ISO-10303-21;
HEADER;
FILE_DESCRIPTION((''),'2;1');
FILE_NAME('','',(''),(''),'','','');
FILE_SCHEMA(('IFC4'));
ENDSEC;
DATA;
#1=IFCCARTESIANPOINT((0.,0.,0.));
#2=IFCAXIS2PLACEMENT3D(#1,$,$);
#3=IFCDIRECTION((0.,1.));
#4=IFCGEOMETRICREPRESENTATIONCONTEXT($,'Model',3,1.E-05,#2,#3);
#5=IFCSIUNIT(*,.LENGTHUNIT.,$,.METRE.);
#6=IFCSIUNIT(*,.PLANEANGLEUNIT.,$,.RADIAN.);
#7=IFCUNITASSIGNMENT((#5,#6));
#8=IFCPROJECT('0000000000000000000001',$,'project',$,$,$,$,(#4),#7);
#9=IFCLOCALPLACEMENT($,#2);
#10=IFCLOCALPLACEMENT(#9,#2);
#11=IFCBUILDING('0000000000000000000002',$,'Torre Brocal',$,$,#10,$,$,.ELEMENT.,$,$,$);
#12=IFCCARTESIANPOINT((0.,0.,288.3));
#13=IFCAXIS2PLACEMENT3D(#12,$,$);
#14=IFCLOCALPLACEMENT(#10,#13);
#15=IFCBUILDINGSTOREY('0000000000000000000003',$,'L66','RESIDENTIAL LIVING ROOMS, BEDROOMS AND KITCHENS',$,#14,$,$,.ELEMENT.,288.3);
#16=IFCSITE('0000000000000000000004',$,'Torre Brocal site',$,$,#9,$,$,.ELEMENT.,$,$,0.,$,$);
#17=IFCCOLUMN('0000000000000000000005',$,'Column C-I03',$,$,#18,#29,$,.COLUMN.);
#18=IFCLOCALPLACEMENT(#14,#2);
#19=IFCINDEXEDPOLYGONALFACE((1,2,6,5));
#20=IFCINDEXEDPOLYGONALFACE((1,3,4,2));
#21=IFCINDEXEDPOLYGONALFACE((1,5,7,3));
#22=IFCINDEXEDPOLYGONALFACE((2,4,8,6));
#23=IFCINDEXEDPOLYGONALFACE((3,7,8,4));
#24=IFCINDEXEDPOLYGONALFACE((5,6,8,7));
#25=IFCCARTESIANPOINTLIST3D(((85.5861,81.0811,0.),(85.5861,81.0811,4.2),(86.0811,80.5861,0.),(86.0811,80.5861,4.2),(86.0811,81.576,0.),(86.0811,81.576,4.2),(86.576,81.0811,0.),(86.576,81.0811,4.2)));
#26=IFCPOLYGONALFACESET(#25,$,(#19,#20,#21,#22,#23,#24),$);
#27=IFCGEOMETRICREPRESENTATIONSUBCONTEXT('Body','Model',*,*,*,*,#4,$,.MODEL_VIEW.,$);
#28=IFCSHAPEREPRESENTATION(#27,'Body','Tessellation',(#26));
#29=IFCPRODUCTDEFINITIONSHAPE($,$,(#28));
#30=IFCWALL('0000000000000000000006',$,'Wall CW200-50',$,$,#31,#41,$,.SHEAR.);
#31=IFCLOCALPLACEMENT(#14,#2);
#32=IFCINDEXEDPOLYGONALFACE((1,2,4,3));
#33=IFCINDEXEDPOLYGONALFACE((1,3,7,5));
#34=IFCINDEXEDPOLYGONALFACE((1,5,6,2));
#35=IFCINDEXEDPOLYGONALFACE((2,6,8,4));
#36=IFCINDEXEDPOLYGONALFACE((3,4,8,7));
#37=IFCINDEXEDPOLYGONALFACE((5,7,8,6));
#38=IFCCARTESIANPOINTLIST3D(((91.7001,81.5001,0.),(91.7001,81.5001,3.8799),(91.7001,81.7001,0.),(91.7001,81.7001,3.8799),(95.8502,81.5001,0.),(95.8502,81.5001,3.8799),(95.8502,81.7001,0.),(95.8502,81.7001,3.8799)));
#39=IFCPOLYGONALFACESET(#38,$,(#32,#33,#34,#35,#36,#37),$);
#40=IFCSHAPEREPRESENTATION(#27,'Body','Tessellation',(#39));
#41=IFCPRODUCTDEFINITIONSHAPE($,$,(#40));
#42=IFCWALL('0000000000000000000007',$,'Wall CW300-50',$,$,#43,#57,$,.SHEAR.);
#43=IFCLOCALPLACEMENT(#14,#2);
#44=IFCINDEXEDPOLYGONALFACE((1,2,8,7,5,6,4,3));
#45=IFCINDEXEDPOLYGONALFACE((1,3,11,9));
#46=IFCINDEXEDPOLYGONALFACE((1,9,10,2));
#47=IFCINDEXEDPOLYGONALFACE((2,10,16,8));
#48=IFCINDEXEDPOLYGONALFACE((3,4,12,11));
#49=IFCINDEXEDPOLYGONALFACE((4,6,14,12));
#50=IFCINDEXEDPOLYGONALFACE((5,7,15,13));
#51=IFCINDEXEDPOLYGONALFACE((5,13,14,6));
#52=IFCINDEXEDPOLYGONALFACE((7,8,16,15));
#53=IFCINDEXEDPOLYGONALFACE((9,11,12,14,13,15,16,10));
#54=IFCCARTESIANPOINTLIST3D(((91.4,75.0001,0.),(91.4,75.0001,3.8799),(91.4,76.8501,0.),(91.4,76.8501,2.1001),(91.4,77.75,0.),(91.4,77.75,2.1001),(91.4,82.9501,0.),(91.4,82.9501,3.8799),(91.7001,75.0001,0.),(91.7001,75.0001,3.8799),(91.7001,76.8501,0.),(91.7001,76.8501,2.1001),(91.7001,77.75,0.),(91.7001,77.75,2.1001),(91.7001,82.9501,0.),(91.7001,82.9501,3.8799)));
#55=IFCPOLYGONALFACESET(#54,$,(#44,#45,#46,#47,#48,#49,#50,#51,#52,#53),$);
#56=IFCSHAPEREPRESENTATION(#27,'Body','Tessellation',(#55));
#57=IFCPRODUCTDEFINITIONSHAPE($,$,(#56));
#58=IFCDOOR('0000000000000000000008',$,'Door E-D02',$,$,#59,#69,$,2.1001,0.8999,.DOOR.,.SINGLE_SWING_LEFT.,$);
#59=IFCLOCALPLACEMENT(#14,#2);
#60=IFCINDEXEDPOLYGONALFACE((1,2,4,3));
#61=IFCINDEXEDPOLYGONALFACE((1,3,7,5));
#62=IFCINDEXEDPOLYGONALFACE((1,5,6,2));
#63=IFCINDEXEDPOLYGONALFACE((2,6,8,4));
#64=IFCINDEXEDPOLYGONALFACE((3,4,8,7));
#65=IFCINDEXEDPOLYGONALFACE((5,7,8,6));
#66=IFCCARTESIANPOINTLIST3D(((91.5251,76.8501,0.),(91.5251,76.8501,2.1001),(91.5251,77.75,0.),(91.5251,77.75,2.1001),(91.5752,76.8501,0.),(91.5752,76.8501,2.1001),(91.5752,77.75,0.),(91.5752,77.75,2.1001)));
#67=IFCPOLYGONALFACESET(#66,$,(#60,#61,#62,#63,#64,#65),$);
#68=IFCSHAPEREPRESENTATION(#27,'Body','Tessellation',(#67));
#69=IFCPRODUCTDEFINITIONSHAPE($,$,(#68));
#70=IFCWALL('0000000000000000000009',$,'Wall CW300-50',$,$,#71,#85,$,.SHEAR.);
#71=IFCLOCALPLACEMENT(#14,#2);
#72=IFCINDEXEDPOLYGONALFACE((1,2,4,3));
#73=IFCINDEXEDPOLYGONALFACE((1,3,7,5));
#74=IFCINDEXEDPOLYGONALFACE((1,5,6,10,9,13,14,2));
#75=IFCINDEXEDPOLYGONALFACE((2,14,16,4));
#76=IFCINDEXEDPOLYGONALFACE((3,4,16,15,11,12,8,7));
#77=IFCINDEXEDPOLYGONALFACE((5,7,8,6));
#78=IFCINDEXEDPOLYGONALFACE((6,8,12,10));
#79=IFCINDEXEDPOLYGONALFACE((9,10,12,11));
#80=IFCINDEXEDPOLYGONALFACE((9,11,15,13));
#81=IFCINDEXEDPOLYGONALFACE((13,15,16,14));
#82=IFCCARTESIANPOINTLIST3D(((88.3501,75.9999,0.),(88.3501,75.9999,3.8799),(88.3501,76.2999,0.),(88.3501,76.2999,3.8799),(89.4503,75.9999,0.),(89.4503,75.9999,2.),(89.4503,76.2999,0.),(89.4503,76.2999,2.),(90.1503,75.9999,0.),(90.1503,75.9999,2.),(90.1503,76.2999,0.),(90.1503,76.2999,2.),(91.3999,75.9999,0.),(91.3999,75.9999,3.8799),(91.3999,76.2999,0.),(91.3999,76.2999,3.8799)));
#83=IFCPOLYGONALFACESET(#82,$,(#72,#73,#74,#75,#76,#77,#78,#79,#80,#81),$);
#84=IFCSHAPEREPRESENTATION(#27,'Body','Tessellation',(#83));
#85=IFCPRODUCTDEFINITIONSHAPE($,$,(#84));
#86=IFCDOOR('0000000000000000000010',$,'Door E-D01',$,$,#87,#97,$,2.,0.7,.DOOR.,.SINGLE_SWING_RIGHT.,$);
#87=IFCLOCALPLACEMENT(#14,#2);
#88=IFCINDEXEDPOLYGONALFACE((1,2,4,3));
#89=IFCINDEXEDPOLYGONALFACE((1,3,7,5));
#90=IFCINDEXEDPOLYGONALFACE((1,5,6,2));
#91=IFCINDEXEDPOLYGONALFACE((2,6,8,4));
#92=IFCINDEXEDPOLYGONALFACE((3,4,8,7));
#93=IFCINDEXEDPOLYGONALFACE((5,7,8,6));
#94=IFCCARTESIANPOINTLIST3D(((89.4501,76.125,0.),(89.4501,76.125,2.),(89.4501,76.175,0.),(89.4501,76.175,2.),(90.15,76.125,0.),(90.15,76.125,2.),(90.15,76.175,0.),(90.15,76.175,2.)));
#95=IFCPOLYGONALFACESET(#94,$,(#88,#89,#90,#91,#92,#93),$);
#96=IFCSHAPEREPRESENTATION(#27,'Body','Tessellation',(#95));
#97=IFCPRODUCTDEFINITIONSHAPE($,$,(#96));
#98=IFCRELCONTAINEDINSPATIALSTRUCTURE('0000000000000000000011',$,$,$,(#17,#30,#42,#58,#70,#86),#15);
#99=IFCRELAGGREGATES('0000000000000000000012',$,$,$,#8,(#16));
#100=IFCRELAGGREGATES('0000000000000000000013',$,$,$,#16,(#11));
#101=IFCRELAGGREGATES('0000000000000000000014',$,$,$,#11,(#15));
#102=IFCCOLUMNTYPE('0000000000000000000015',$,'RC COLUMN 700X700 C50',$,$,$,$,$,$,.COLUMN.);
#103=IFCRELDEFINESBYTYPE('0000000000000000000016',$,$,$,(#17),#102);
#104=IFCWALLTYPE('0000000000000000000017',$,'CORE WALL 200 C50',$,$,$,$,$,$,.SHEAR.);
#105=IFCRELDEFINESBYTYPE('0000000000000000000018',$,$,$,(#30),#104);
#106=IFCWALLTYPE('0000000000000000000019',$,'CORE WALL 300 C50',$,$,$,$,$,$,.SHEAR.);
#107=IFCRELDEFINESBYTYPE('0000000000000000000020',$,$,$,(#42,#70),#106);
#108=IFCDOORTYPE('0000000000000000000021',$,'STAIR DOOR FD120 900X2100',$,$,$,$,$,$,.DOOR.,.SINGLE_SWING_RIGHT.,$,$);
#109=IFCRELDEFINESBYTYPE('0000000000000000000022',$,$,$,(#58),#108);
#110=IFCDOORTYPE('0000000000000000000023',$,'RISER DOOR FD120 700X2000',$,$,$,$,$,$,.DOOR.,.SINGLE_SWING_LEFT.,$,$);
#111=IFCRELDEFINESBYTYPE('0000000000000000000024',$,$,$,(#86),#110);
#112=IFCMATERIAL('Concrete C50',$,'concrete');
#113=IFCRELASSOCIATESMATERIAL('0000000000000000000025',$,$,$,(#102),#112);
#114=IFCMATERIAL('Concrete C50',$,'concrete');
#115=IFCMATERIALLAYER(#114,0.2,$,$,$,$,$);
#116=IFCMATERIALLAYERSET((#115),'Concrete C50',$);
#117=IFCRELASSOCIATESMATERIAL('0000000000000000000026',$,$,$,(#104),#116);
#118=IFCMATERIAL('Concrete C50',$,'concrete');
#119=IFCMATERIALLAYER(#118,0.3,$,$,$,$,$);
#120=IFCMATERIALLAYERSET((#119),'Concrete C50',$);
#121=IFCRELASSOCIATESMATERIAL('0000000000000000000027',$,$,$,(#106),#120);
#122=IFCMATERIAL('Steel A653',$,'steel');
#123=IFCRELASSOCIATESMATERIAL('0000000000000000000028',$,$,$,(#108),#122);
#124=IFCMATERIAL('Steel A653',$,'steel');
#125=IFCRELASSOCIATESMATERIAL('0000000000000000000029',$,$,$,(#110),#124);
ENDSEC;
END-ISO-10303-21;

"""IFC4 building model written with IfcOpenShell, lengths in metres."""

from ifc_helpers import new_model, si_unit, direction, frame, frame_2d, origin, origin_2d, place, context, subcontext, project, spatial, rectangle, extrude, material, layer, layer_set, material_profile, profile_set, type_object, element, fill, save


model = new_model("IFC4")

# Units and contexts
model_context = context("Model", 3, precision=1e-05, world=origin(), true_north=direction((0.0, 1.0)))
body_context = subcontext(model_context, "Body", "Model", "MODEL_VIEW")
ifc_project = project(units=[si_unit("LENGTHUNIT", "METRE"), si_unit("PLANEANGLEUNIT", "RADIAN")], contexts=[model_context])

# Site, building, storey
site_placement = place(None, origin())
site = spatial("IfcSite", under=ifc_project, at=site_placement, Name="Torre Brocal site", CompositionType="ELEMENT", RefElevation=0.0)
building_placement = place(site_placement, origin())
building = spatial("IfcBuilding", under=site, at=building_placement, Name="Torre Brocal", CompositionType="ELEMENT")
storey_placement = place(building_placement, frame((0.0, 0.0, 288.3)))
storey = spatial("IfcBuildingStorey", under=building, at=storey_placement, Name="L66", Description="RESIDENTIAL LIVING ROOMS, BEDROOMS AND KITCHENS", CompositionType="ELEMENT", Elevation=288.3)

# Column
ifc_material_1 = material(Name="Concrete C50", Category="concrete")
ifc_material_profile = material_profile(ifc_material_1, rectangle(XDim=0.7, YDim=0.7, at=origin_2d()), Name="RC 700X700")
ifc_profile_set = profile_set([ifc_material_profile], Name="Concrete C50")
column_type = type_object("IfcColumnType", Name="RC COLUMN 700X700 C50", PredefinedType="COLUMN", material=ifc_profile_set)
column_placement = place(storey_placement, frame((86.0811, 81.0811, 0.0), z_axis=(0.0, 0.0, 1.0), x_axis=(0.707107, 0.707107, 0.0)))
element("IfcColumn", 1, at=column_placement, inside=storey, type_object=column_type, Name="Column C-I03", PredefinedType="COLUMN", context=body_context, shape_type="SweptSolid", body=[
    extrude(rectangle(XDim=0.7, YDim=0.7, at=origin_2d()), origin(), (0.0, 0.0, 1.0), 4.2),
])

# Wall
ifc_material_2 = material(Name="Concrete C50", Category="concrete")
ifc_layer_1 = layer(ifc_material_2, 0.2)
ifc_layer_set_1 = layer_set([ifc_layer_1], Name="Concrete C50")
wall_type_1 = type_object("IfcWallType", Name="CORE WALL 200 C50", PredefinedType="SHEAR", material=ifc_layer_set_1)
wall_1_placement = place(storey_placement, frame((91.7, 81.6001, 0.0), z_axis=(0.0, 0.0, 1.0), x_axis=(1.0, 0.0, 0.0)))
element("IfcWall", 2, at=wall_1_placement, inside=storey, type_object=wall_type_1, Name="Wall CW200-50", PredefinedType="SHEAR", context=body_context, shape_type="SweptSolid", body=[
    extrude(rectangle(XDim=4.1501, YDim=0.2, at=frame_2d((2.0752, 0.0))), origin(), (0.0, 0.0, 1.0), 3.8799),
])

# Walls, openings, doors
ifc_material_3 = material(Name="Concrete C50", Category="concrete")
ifc_layer_2 = layer(ifc_material_3, 0.3)
ifc_layer_set_2 = layer_set([ifc_layer_2], Name="Concrete C50")
wall_type_2 = type_object("IfcWallType", Name="CORE WALL 300 C50", PredefinedType="SHEAR", material=ifc_layer_set_2)
wall_2_placement = place(storey_placement, frame((91.55, 75.0, 0.0), z_axis=(0.0, 0.0, 1.0), x_axis=(0.0, 1.0, 0.0)))
wall_2 = element("IfcWall", 3, at=wall_2_placement, inside=storey, type_object=wall_type_2, Name="Wall CW300-50", PredefinedType="SHEAR", context=body_context, shape_type="SweptSolid", body=[
    extrude(rectangle(XDim=7.95, YDim=0.3, at=frame_2d((3.9751, 0.0))), origin(), (0.0, 0.0, 1.0), 3.8799),
])
opening_1_placement = place(wall_2_placement, frame((1.8501, 0.0, 0.0)))
opening_1 = element("IfcOpeningElement", 4, at=opening_1_placement, cuts=wall_2, PredefinedType="OPENING", context=body_context, shape_type="SweptSolid", body=[
    extrude(rectangle(XDim=0.8999, YDim=2.1001, at=frame_2d((0.45, 1.05))), frame((0.0, 0.1599, 0.0), z_axis=(0.0, -1.0, 0.0), x_axis=(1.0, 0.0, 0.0)), (0.0, 0.0, 1.0), 0.3201),
])
ifc_material_4 = material(Name="Steel A653", Category="steel")
door_type_1 = type_object("IfcDoorType", Name="STAIR DOOR FD120 900X2100", OperationType="SINGLE_SWING_RIGHT", PredefinedType="DOOR", material=ifc_material_4)
door_1_placement = place(opening_1_placement, origin())
door_1 = element("IfcDoor", 5, at=door_1_placement, inside=storey, type_object=door_type_1, Name="Door E-D02", OperationType="SINGLE_SWING_LEFT", OverallHeight=2.1001, OverallWidth=0.8999, PredefinedType="DOOR", context=body_context, shape_type="SweptSolid", body=[
    extrude(rectangle(XDim=0.8999, YDim=2.1001, at=frame_2d((0.45, 1.05))), frame((0.0, 0.0249, 0.0), z_axis=(0.0, -1.0, 0.0), x_axis=(1.0, 0.0, 0.0)), (0.0, 0.0, 1.0), 0.05),
])
fill(opening_1, door_1)
wall_3_placement = place(storey_placement, frame((88.3501, 76.1499, 0.0), z_axis=(0.0, 0.0, 1.0), x_axis=(1.0, 0.0, 0.0)))
wall_3 = element("IfcWall", 6, at=wall_3_placement, inside=storey, type_object=wall_type_2, Name="Wall CW300-50", PredefinedType="SHEAR", context=body_context, shape_type="SweptSolid", body=[
    extrude(rectangle(XDim=3.0498, YDim=0.3, at=frame_2d((1.5249, 0.0))), origin(), (0.0, 0.0, 1.0), 3.8799),
])
opening_2_placement = place(wall_3_placement, frame((1.1001, 0.0, 0.0)))
opening_2 = element("IfcOpeningElement", 7, at=opening_2_placement, cuts=wall_3, PredefinedType="OPENING", context=body_context, shape_type="SweptSolid", body=[
    extrude(rectangle(XDim=0.7, YDim=2.0, at=frame_2d((0.3501, 1.0))), frame((0.0, 0.1599, 0.0), z_axis=(0.0, -1.0, 0.0), x_axis=(1.0, 0.0, 0.0)), (0.0, 0.0, 1.0), 0.3201),
])
ifc_material_5 = material(Name="Steel A653", Category="steel")
door_type_2 = type_object("IfcDoorType", Name="RISER DOOR FD120 700X2000", OperationType="SINGLE_SWING_LEFT", PredefinedType="DOOR", material=ifc_material_5)
door_2_placement = place(opening_2_placement, frame((0.7, 0.0, 0.0), z_axis=(0.0, 0.0, 1.0), x_axis=(-1.0, 0.0, 0.0)))
door_2 = element("IfcDoor", 8, at=door_2_placement, inside=storey, type_object=door_type_2, Name="Door E-D01", OperationType="SINGLE_SWING_RIGHT", OverallHeight=2.0, OverallWidth=0.7, PredefinedType="DOOR", context=body_context, shape_type="SweptSolid", body=[
    extrude(rectangle(XDim=0.7, YDim=2.0, at=frame_2d((0.3501, 1.0))), frame((0.0, 0.0249, 0.0), z_axis=(0.0, -1.0, 0.0), x_axis=(1.0, 0.0, 0.0)), (0.0, 0.0, 1.0), 0.05),
])
fill(opening_2, door_2)

save(model, "model.ifc")
